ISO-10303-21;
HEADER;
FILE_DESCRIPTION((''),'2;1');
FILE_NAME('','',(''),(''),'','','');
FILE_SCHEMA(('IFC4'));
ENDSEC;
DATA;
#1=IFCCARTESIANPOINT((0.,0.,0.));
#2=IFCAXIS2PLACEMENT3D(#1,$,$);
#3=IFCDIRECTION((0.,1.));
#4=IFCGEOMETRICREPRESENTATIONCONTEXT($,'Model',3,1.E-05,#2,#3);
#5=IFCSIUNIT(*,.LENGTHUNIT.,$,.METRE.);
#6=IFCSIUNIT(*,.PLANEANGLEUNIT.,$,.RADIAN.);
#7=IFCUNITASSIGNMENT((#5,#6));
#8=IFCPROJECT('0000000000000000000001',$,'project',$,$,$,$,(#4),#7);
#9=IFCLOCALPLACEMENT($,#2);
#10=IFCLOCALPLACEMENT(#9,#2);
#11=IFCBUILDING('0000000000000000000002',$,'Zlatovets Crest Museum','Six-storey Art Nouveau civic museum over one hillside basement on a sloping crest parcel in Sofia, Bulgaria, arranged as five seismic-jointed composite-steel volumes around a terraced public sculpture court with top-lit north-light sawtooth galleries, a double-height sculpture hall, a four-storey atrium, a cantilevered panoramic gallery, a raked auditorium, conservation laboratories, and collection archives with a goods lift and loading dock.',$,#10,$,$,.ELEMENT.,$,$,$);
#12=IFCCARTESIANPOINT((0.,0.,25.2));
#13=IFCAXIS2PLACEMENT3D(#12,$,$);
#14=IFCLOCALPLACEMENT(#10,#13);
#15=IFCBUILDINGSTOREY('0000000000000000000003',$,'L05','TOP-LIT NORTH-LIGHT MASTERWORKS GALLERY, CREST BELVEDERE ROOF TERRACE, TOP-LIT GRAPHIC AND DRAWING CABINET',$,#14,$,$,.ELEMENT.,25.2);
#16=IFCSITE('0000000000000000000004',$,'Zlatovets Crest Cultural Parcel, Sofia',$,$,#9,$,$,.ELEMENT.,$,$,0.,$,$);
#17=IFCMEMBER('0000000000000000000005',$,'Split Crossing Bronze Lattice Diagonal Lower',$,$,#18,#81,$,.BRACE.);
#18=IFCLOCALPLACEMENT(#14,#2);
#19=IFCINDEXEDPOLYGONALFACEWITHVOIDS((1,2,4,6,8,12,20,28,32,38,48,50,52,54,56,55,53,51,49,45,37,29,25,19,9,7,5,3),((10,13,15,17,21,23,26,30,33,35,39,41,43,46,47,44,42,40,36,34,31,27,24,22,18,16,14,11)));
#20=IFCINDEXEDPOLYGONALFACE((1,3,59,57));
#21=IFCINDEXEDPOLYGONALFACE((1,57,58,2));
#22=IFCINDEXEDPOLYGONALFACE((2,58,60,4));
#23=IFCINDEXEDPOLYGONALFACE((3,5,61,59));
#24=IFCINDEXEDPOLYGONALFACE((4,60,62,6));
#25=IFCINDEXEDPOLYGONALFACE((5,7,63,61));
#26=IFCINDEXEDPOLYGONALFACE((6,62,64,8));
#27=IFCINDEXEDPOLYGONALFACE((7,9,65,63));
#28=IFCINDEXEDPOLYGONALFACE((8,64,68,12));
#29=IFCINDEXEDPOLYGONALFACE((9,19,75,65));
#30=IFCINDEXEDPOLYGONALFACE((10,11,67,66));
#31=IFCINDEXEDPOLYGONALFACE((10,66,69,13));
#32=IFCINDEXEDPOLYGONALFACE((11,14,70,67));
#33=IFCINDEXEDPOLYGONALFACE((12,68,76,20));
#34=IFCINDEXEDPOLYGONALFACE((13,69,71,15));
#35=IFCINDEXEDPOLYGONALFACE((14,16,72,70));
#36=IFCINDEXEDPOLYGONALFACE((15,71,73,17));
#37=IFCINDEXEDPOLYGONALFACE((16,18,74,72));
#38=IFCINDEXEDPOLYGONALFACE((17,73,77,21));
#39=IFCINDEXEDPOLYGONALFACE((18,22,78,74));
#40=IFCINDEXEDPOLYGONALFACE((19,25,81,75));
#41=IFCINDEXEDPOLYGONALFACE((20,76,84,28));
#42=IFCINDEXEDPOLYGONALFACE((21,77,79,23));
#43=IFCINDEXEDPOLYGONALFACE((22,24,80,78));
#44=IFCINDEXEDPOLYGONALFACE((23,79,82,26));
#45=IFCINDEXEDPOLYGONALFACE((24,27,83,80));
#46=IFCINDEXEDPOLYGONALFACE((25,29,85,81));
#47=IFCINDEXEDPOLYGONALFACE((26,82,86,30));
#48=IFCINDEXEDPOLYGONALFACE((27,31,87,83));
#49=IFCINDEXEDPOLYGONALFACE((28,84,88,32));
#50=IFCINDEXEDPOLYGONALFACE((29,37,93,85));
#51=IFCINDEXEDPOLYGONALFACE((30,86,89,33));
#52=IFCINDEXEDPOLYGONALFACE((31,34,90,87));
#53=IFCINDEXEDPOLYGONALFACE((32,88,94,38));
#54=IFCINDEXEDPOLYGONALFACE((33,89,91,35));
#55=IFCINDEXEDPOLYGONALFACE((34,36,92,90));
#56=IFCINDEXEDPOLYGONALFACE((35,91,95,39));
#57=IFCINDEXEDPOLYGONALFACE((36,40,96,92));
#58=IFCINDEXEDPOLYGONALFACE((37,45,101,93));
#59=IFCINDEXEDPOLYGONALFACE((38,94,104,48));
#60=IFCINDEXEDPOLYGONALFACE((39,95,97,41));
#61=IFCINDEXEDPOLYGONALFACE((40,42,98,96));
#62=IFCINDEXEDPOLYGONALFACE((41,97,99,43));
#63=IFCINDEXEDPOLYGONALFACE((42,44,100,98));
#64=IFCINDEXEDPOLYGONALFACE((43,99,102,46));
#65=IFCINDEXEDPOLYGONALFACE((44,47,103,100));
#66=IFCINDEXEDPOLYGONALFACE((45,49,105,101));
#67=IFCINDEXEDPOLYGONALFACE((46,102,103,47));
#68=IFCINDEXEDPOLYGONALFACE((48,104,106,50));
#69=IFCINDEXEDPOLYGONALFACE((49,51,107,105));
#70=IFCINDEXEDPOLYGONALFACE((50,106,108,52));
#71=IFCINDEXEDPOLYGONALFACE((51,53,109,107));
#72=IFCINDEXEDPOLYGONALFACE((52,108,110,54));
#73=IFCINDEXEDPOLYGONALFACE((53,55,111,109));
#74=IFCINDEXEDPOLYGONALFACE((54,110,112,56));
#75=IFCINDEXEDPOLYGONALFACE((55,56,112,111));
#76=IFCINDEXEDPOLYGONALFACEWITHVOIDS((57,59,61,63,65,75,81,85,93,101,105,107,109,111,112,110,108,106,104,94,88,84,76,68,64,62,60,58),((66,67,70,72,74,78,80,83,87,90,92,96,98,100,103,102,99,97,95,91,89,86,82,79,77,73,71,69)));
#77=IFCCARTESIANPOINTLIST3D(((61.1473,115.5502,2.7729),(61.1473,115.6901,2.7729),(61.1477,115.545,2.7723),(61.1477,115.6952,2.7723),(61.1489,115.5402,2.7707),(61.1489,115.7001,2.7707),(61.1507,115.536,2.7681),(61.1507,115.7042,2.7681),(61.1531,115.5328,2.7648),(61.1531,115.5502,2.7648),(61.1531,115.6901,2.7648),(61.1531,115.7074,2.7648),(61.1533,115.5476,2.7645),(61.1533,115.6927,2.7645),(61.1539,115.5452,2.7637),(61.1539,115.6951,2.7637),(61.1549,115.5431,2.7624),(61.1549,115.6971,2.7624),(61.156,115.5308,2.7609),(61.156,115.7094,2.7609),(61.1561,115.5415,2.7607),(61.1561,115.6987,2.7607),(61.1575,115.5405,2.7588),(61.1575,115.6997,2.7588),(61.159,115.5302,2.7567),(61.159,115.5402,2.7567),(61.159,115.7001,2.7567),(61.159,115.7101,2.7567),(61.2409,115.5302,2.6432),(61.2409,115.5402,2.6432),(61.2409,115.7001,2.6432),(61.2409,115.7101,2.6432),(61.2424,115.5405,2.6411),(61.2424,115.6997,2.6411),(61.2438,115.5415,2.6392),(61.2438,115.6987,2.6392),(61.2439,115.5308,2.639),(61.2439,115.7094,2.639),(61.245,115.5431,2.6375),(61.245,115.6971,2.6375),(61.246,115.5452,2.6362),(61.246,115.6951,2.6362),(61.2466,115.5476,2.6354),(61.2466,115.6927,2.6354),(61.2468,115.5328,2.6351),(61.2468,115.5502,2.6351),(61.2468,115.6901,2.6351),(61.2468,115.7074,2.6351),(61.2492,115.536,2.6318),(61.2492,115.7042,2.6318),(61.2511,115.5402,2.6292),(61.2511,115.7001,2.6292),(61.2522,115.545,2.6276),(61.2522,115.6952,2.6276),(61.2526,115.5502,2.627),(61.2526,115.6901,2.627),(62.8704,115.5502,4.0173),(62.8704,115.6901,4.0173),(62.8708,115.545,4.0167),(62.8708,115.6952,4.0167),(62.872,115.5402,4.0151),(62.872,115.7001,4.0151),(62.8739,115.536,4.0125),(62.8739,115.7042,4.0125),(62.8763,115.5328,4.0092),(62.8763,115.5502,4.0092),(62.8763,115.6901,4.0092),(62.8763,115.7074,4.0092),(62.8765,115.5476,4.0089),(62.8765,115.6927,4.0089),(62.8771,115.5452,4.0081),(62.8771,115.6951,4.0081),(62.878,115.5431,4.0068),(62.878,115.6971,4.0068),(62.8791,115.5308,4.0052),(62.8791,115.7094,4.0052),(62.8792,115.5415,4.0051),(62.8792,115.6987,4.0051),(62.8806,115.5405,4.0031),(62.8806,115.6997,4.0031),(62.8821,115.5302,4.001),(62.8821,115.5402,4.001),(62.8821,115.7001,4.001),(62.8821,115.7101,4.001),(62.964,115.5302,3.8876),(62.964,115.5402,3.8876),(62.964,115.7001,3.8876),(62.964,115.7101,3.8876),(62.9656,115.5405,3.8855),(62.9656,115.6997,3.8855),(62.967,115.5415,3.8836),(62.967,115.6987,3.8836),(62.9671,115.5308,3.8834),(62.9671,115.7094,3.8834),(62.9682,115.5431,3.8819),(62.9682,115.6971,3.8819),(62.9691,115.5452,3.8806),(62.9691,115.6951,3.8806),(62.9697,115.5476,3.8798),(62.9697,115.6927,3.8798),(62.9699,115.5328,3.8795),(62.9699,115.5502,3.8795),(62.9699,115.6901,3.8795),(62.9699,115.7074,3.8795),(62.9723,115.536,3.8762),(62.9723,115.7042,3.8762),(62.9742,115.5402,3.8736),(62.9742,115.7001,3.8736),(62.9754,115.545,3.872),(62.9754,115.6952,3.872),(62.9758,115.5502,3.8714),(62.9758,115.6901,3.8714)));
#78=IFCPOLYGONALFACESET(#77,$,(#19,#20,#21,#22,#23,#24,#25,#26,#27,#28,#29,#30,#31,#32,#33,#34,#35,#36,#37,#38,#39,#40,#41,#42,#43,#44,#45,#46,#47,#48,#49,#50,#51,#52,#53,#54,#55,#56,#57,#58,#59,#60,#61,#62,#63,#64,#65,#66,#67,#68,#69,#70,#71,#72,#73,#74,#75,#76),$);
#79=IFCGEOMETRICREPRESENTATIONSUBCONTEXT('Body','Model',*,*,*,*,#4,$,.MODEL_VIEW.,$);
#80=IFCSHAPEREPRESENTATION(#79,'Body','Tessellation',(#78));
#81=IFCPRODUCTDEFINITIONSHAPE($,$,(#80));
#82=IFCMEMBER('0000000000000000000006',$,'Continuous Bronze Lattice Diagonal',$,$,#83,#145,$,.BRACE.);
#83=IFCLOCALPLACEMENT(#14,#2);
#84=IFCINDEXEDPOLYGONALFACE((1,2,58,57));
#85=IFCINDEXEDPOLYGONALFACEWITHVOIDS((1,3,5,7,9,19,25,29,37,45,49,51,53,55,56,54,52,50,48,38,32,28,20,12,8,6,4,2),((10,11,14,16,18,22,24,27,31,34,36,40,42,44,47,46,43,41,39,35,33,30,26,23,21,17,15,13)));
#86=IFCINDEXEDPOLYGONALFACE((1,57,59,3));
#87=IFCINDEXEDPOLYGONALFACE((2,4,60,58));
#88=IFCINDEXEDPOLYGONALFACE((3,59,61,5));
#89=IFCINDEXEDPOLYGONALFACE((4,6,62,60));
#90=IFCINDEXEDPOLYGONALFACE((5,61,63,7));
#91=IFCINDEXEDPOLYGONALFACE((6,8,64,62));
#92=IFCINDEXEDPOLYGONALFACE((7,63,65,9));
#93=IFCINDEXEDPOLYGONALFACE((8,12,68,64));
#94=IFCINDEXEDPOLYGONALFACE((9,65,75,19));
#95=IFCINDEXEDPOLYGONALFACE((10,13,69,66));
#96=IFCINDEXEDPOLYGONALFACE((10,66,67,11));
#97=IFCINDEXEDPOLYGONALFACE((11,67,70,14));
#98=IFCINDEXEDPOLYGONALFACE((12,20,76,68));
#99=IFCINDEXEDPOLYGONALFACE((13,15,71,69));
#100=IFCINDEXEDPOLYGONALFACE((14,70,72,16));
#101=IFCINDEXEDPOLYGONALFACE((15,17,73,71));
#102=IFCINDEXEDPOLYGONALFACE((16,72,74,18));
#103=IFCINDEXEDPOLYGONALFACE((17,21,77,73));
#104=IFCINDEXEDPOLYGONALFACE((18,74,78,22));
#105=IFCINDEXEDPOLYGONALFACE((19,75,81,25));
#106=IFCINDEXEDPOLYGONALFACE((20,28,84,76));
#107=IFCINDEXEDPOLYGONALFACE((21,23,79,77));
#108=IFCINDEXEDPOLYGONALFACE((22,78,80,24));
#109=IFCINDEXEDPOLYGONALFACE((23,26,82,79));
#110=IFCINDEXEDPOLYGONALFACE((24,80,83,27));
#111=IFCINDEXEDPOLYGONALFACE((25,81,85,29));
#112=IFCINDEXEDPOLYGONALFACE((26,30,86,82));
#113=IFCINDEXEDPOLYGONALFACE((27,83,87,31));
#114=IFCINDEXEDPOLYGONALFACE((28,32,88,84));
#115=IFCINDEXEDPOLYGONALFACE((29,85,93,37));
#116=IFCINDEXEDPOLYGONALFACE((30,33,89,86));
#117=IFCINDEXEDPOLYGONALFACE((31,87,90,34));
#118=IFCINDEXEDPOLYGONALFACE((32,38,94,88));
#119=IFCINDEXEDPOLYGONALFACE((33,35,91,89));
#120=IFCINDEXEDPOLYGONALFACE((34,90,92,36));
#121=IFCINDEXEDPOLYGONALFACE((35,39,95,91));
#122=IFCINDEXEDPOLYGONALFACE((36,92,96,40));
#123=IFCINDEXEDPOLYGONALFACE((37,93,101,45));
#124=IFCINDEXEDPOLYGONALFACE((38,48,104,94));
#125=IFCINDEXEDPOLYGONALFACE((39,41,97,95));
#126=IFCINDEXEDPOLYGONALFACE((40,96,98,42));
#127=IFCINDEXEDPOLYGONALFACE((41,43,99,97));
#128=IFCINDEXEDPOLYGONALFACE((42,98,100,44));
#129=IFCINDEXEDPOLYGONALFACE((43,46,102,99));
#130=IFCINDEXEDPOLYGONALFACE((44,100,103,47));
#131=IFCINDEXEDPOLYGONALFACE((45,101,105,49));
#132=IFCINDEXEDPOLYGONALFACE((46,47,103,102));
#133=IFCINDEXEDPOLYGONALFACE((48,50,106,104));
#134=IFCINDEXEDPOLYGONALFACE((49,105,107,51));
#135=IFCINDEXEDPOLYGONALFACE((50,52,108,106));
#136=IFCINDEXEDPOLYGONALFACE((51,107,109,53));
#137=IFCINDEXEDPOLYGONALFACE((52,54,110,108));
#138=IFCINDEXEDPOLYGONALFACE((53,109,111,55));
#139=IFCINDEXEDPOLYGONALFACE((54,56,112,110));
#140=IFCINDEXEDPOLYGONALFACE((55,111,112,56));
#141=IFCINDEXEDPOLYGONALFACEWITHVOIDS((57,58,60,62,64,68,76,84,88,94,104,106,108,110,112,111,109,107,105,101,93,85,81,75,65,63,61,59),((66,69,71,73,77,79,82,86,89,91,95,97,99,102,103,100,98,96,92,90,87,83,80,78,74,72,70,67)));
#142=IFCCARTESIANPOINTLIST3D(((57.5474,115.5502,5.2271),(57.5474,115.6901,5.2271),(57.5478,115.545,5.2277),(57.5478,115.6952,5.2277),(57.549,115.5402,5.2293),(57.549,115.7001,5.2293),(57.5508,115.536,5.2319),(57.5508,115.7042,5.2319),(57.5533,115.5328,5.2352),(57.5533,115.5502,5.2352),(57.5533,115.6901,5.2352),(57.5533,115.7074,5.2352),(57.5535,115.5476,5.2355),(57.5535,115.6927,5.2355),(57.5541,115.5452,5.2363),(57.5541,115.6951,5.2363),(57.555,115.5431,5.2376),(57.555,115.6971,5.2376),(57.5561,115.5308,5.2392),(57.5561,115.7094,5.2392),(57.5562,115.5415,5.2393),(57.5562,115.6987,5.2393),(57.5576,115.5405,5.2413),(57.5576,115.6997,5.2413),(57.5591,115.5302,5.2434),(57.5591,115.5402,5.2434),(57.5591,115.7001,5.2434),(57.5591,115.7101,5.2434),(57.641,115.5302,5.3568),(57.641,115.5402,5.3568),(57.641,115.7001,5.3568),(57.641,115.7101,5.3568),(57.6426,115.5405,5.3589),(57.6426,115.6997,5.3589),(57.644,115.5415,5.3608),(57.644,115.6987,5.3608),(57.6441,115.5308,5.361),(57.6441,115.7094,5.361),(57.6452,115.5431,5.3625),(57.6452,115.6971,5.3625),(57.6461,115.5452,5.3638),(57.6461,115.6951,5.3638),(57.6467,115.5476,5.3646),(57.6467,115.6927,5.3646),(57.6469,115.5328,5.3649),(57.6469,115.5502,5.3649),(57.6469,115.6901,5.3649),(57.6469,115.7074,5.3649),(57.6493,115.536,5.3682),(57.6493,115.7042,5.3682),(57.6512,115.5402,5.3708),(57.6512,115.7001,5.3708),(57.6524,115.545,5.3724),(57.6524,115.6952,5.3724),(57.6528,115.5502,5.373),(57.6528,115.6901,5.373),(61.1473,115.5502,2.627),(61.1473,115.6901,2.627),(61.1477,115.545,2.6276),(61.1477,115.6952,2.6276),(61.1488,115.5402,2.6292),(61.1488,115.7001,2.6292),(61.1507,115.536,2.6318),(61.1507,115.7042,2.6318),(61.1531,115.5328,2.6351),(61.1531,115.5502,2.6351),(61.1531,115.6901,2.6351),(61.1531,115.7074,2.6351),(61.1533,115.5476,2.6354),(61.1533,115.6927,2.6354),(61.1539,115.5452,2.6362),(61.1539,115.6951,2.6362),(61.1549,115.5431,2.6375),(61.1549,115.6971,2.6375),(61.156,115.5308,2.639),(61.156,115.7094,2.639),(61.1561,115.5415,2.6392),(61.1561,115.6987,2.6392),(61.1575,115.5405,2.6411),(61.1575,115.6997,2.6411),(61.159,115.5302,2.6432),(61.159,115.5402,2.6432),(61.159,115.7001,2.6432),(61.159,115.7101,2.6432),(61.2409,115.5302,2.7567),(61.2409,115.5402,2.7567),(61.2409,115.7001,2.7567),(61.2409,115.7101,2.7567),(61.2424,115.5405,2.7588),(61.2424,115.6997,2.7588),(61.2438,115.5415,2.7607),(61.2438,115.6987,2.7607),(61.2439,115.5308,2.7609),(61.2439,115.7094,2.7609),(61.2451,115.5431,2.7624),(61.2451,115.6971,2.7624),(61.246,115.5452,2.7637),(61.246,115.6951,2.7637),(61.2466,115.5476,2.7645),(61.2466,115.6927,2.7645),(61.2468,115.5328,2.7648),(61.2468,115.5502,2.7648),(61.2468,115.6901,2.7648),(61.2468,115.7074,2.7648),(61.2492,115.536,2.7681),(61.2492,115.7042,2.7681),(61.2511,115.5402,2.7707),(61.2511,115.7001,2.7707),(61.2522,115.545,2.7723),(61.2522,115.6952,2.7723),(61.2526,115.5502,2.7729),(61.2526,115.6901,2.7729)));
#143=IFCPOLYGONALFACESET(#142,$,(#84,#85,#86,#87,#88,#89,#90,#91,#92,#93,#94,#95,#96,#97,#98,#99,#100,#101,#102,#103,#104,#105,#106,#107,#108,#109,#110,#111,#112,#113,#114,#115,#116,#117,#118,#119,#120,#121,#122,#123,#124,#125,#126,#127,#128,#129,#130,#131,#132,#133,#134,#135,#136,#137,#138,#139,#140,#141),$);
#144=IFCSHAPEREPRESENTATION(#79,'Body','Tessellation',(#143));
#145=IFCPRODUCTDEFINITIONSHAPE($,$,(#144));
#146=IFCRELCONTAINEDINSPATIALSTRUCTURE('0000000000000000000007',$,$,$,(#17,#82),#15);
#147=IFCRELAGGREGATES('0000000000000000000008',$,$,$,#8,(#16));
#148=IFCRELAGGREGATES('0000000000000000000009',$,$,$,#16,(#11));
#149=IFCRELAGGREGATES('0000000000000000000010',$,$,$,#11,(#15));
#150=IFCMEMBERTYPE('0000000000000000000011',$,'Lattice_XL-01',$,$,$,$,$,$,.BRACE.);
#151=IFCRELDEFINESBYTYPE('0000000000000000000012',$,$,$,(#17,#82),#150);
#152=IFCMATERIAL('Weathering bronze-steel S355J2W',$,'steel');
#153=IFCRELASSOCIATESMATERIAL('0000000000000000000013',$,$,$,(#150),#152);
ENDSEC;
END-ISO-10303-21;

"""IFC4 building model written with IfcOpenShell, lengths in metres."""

from ifc_helpers import new_model, si_unit, direction, frame, origin, origin_2d, place, context, subcontext, project, spatial, hollow_rectangle, extrude, material, material_profile, profile_set, type_object, element, save


model = new_model("IFC4")

# Units and contexts
model_context = context("Model", 3, precision=1e-05, world=origin(), true_north=direction((0.0, 1.0)))
body_context = subcontext(model_context, "Body", "Model", "MODEL_VIEW")
ifc_project = project(units=[si_unit("LENGTHUNIT", "METRE"), si_unit("PLANEANGLEUNIT", "RADIAN")], contexts=[model_context])

# Site, building, storey
site_placement = place(None, origin())
site = spatial("IfcSite", under=ifc_project, at=site_placement, Name="Zlatovets Crest Cultural Parcel, Sofia", CompositionType="ELEMENT", RefElevation=0.0)
building_placement = place(site_placement, origin())
building = spatial("IfcBuilding", under=site, at=building_placement, Name="Zlatovets Crest Museum", Description="Six-storey Art Nouveau civic museum over one hillside basement on a sloping crest parcel in Sofia, Bulgaria, arranged as five seismic-jointed composite-steel volumes around a terraced public sculpture court with top-lit north-light sawtooth galleries, a double-height sculpture hall, a four-storey atrium, a cantilevered panoramic gallery, a raked auditorium, conservation laboratories, and collection archives with a goods lift and loading dock.", CompositionType="ELEMENT")
storey_placement = place(building_placement, frame((0.0, 0.0, 25.2)))
storey = spatial("IfcBuildingStorey", under=building, at=storey_placement, Name="L05", Description="TOP-LIT NORTH-LIGHT MASTERWORKS GALLERY, CREST BELVEDERE ROOF TERRACE, TOP-LIT GRAPHIC AND DRAWING CABINET", CompositionType="ELEMENT", Elevation=25.2)

# Members
ifc_material_1 = material(Name="Weathering bronze-steel S355J2W", Category="steel")
ifc_material_profile_1 = material_profile(ifc_material_1, hollow_rectangle(XDim=0.1799, YDim=0.1799, WallThickness=0.01, InnerFilletRadius=0.01, OuterFilletRadius=0.02, at=origin_2d()), Name="SHS 180x180x10.0")
ifc_profile_set_1 = profile_set([ifc_material_profile_1], Name="Weathering bronze-steel S355J2W")
member_type_1 = type_object("IfcMemberType", Name="Lattice_XL-01", PredefinedType="BRACE", material=ifc_profile_set_1)
for number, where, z_axis, x_axis, name in (
    (1, (62.9231, 115.6201, 3.9443), (-0.810703, 0.0, -0.585457), (0.0, -1.0, 0.0), "Split Crossing Bronze Lattice Diagonal Lower"),
):
    element("IfcMember", number, at=place(storey_placement, frame(where, z_axis=z_axis, x_axis=x_axis)), inside=storey, type_object=member_type_1, Name=name, PredefinedType="BRACE", context=body_context, shape_type="SweptSolid", body=[
        extrude(hollow_rectangle(XDim=0.1799, YDim=0.1799, WallThickness=0.01, InnerFilletRadius=0.01, OuterFilletRadius=0.02, at=origin_2d()), origin(), (0.0, 0.0, 1.0), 2.1255),
    ])
member_1_placement = place(storey_placement, frame((61.2, 115.6201, 2.7), z_axis=(-0.810657, 0.0, 0.585521), x_axis=(0.0, -1.0, 0.0)))
element("IfcMember", 2, at=member_1_placement, inside=storey, type_object=member_type_1, Name="Continuous Bronze Lattice Diagonal", PredefinedType="BRACE", context=body_context, shape_type="SweptSolid", body=[
    extrude(hollow_rectangle(XDim=0.1799, YDim=0.1799, WallThickness=0.01, InnerFilletRadius=0.01, OuterFilletRadius=0.02, at=origin_2d()), origin(), (0.0, 0.0, 1.0), 4.4407),
])

save(model, "model.ifc")
